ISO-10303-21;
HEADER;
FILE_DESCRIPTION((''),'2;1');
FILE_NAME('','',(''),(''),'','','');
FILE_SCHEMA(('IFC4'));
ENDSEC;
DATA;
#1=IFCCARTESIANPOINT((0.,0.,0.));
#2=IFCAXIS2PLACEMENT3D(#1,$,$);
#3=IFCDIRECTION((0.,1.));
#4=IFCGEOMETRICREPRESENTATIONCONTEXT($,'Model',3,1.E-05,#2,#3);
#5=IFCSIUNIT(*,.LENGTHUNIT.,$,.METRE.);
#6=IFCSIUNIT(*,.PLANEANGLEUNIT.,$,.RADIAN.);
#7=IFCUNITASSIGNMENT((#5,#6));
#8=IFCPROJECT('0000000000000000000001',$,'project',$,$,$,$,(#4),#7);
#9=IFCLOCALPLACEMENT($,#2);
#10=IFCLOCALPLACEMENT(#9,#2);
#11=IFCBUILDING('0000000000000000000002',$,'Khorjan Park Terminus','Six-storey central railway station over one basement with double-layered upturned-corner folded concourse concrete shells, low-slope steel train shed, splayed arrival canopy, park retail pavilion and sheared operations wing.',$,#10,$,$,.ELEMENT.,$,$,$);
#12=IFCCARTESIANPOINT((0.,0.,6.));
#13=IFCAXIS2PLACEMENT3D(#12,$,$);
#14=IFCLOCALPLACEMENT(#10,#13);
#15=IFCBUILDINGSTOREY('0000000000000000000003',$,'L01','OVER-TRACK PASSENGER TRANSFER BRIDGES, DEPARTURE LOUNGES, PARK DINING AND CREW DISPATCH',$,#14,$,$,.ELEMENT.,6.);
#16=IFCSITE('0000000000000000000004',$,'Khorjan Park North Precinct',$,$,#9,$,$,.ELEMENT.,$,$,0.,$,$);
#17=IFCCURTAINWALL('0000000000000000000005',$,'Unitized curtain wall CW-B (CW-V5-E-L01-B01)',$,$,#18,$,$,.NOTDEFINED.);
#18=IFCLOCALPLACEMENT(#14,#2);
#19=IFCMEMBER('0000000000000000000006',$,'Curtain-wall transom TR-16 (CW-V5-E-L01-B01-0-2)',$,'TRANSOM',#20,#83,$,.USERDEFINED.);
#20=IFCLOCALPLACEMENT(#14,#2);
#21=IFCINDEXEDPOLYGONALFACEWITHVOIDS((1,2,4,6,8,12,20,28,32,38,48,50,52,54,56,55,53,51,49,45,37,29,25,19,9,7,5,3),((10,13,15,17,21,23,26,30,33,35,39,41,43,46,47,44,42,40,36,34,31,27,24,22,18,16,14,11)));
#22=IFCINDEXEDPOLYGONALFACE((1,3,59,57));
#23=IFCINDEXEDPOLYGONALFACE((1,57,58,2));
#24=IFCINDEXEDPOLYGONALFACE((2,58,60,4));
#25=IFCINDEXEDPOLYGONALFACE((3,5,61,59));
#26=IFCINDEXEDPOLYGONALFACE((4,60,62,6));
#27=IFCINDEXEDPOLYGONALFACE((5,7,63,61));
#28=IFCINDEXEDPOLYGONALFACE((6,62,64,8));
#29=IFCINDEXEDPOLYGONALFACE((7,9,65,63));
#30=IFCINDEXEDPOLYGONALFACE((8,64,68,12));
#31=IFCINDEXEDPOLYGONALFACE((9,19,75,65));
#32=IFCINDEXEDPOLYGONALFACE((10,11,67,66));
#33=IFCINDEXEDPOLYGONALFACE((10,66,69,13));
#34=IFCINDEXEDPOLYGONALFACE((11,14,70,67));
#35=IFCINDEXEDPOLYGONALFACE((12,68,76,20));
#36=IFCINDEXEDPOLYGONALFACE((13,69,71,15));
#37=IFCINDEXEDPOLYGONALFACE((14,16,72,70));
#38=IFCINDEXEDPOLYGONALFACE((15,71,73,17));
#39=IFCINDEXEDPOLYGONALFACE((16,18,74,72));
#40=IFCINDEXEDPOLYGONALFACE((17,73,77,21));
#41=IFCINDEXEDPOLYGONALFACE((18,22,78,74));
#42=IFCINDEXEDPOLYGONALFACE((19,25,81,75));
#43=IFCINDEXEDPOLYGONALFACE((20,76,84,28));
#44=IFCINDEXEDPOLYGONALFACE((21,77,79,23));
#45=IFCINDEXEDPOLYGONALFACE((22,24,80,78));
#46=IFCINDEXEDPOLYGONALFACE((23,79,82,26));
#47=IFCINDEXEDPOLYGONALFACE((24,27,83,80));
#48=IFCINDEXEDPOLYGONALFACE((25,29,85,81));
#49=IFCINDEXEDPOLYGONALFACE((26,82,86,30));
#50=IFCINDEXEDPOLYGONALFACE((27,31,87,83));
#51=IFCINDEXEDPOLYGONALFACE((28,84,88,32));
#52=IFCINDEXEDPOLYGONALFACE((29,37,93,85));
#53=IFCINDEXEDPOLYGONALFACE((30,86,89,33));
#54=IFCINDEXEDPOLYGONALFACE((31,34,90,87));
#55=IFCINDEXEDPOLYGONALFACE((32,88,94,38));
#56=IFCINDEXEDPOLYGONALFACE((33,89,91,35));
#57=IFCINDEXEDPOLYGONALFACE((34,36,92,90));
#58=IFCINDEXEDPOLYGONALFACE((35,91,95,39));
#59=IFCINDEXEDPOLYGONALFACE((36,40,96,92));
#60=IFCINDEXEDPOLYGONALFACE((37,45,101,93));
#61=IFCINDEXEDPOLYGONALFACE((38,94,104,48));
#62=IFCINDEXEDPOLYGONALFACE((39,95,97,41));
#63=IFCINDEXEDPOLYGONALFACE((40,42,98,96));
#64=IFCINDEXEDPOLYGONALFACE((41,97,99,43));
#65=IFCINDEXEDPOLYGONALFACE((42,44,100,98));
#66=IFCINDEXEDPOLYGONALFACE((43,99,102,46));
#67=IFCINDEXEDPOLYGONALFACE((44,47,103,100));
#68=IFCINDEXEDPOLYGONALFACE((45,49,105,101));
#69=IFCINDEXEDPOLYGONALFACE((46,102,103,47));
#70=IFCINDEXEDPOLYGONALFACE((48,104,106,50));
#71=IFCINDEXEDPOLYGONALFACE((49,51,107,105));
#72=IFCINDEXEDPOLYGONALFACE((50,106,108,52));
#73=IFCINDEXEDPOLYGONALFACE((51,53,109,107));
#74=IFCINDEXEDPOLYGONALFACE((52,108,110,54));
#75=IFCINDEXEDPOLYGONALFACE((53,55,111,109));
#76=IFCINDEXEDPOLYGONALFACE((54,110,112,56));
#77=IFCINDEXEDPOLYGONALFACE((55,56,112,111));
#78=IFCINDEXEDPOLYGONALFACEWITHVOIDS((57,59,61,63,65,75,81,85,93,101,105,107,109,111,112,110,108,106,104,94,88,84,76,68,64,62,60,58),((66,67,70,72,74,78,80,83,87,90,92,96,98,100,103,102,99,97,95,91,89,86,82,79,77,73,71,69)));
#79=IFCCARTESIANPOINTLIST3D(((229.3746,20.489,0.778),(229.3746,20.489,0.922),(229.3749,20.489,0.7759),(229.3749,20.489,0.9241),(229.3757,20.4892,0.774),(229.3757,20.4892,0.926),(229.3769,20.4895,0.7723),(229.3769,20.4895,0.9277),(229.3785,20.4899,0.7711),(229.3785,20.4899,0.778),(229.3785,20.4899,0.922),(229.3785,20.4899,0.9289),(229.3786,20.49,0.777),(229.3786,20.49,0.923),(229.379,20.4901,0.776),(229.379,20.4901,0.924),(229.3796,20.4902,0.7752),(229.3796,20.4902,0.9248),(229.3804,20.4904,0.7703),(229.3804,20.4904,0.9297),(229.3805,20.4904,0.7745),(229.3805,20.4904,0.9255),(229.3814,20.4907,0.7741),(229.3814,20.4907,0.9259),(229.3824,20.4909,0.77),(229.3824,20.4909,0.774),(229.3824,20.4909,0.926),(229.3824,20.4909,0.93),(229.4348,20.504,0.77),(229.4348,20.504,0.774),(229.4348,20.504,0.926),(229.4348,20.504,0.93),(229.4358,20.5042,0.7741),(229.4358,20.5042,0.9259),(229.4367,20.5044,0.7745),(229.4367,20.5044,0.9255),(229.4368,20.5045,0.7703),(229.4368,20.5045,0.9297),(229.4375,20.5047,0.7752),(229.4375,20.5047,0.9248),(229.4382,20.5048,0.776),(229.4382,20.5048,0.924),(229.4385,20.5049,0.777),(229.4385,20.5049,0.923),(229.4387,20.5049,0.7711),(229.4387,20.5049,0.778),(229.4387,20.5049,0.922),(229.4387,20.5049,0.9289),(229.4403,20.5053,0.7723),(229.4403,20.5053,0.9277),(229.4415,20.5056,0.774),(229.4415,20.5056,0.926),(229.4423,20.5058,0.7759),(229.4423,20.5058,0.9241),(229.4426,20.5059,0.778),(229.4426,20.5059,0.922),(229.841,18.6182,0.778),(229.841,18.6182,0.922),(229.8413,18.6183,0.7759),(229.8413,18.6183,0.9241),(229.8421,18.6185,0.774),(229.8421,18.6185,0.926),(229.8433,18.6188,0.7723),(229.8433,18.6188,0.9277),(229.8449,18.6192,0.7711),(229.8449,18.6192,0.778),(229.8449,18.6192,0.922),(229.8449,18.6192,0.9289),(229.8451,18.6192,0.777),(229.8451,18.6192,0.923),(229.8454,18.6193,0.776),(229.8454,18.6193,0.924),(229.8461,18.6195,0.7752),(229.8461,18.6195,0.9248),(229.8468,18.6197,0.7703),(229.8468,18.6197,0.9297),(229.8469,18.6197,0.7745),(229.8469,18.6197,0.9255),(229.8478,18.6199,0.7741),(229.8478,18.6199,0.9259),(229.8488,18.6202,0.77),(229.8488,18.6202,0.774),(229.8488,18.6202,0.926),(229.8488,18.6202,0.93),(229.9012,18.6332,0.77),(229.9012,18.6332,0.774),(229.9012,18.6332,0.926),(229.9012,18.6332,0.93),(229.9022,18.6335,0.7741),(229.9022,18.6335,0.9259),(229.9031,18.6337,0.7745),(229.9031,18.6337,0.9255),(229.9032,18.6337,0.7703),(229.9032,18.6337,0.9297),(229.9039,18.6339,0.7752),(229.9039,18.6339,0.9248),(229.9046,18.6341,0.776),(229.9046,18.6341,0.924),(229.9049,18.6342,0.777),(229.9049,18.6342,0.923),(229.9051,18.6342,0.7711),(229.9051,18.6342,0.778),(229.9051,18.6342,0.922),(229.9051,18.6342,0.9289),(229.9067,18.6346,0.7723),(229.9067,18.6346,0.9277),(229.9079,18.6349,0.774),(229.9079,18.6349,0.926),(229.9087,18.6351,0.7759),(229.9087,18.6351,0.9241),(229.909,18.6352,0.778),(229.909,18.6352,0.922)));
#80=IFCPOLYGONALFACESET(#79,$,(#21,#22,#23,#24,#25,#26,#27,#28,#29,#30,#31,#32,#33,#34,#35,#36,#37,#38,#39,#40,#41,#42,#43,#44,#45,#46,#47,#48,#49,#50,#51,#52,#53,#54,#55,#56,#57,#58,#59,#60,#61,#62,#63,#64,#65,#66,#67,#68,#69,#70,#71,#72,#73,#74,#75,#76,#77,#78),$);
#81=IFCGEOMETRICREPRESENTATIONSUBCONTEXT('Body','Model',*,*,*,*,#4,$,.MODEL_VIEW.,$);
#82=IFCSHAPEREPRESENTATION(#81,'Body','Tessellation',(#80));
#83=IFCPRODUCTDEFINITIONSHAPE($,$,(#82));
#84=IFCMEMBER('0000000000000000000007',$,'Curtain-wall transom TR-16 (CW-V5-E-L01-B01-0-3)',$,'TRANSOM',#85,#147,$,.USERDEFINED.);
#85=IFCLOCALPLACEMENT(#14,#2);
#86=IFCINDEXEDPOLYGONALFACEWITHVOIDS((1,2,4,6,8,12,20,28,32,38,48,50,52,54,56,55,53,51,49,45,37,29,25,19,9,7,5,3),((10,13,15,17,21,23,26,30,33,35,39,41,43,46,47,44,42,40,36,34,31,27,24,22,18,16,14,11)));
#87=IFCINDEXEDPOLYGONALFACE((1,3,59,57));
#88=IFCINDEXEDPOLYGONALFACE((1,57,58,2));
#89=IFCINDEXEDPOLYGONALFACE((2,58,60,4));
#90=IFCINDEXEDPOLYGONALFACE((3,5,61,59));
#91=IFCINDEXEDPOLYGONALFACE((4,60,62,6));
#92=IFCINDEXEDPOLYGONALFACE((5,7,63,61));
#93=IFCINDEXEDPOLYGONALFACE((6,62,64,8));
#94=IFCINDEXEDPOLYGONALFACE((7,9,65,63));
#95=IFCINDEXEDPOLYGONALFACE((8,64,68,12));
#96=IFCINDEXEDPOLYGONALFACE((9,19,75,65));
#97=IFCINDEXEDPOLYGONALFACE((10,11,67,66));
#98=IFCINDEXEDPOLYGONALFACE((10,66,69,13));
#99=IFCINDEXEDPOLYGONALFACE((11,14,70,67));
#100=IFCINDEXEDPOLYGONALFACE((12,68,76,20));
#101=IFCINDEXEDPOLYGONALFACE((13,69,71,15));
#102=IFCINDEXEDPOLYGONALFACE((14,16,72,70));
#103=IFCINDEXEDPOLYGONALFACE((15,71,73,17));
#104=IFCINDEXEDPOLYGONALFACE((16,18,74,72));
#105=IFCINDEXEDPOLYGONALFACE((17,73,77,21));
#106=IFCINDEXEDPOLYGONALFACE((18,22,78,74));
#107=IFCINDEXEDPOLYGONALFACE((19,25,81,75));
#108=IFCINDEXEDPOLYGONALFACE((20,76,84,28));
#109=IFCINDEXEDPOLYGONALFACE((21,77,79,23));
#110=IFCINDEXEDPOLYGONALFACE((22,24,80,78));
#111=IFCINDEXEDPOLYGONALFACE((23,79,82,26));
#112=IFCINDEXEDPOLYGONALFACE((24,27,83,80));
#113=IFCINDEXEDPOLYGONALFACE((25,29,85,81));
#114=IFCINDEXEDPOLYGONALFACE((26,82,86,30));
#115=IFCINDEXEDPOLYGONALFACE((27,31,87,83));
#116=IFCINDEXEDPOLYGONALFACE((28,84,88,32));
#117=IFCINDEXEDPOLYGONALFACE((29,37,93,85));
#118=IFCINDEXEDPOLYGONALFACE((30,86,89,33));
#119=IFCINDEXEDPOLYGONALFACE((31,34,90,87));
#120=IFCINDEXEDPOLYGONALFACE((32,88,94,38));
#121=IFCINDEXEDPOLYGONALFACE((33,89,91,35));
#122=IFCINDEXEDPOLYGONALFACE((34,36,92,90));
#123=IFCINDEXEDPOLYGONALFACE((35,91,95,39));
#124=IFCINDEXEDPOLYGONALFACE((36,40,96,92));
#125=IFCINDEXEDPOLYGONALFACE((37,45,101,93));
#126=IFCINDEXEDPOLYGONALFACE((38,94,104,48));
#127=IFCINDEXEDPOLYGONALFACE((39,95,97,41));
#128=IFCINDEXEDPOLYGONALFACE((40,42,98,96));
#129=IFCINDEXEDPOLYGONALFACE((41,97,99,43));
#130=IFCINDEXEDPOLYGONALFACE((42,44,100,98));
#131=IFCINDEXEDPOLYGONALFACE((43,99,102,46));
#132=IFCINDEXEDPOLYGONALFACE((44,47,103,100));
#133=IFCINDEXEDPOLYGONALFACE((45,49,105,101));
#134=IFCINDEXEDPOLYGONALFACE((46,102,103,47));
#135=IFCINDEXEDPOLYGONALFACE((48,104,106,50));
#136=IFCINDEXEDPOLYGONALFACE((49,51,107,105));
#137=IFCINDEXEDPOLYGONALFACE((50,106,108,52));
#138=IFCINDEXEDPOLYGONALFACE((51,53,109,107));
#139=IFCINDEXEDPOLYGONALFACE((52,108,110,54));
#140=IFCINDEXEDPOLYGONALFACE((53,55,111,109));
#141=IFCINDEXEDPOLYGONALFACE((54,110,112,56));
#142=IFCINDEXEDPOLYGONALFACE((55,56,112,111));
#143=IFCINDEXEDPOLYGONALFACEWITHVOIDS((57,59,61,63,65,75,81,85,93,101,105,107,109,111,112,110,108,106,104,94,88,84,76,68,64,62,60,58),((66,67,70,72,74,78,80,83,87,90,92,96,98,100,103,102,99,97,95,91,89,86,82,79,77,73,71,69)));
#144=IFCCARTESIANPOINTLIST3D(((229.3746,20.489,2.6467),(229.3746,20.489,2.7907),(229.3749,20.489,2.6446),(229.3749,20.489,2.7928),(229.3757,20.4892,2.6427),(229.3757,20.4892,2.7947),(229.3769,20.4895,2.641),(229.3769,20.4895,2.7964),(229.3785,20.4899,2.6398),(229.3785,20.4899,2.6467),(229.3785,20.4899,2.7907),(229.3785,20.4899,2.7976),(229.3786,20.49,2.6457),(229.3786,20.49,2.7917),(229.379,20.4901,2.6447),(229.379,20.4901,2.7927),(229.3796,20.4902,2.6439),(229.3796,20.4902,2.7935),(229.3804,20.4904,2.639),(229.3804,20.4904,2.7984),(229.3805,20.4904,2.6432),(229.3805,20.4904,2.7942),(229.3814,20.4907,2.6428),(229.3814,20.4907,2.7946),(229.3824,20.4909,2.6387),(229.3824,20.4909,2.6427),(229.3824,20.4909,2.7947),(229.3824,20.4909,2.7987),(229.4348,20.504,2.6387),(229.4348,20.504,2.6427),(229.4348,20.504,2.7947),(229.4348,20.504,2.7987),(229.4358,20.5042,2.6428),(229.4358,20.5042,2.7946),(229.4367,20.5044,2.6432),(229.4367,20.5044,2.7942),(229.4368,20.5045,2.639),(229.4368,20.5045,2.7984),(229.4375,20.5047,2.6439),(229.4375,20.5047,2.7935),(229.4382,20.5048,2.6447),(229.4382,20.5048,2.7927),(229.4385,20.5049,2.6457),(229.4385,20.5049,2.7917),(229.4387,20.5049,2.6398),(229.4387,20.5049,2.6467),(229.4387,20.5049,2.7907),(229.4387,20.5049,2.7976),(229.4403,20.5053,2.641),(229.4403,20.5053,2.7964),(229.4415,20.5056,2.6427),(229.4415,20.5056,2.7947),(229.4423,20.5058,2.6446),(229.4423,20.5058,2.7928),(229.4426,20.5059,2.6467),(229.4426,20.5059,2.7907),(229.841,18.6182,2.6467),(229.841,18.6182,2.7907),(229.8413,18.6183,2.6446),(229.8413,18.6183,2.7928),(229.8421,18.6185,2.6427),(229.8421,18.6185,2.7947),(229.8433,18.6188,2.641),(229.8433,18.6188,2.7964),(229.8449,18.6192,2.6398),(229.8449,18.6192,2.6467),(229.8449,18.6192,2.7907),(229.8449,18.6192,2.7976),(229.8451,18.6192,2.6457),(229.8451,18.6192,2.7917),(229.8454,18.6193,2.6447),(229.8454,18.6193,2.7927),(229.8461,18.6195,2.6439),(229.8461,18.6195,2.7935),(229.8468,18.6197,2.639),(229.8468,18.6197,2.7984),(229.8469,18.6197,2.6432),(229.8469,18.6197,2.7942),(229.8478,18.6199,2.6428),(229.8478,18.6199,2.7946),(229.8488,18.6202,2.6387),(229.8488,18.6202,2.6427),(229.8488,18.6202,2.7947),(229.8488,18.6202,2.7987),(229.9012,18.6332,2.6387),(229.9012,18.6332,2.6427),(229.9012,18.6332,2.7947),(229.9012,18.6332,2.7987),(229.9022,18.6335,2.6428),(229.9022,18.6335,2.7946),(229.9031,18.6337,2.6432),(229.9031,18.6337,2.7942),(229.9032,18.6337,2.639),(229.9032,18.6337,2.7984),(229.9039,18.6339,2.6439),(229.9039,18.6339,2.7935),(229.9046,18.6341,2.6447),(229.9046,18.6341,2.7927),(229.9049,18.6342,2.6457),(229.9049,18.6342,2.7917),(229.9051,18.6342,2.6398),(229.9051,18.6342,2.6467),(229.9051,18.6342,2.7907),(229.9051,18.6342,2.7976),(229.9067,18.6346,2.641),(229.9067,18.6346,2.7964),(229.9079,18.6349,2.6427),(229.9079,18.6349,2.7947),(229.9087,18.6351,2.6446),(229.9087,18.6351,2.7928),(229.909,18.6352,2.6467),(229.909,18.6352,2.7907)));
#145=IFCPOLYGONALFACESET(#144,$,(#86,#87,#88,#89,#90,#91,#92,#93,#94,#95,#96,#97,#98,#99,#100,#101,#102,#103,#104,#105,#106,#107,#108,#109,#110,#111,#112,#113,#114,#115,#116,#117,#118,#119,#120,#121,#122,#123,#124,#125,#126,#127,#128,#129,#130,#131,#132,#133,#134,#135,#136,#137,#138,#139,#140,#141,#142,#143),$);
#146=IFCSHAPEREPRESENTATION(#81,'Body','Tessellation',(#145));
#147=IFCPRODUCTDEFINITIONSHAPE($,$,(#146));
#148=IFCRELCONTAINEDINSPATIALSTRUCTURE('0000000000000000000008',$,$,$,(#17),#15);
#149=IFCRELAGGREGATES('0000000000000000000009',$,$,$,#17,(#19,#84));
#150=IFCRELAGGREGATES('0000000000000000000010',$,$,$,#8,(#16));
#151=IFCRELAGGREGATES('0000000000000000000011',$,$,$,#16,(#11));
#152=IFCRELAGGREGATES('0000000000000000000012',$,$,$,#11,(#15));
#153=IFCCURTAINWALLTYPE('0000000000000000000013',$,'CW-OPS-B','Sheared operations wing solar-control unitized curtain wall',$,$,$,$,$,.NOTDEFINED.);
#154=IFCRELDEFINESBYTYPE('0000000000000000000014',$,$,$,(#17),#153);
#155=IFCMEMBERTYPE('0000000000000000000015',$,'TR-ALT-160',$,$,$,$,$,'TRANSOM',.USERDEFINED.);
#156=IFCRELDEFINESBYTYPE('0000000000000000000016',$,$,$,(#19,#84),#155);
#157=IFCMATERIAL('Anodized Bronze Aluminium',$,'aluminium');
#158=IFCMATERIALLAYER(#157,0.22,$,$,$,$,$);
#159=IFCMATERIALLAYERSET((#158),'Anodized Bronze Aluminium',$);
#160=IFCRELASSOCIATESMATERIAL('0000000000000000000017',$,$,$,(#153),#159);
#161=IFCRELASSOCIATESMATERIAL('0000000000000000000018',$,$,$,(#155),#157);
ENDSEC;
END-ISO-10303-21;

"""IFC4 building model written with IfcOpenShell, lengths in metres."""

from ifc_helpers import new_model, si_unit, direction, frame, origin, origin_2d, place, context, subcontext, project, spatial, hollow_rectangle, extrude, material, layer, layer_set, material_profile, profile_set, type_object, element, aggregate, save


model = new_model("IFC4")

# Units and contexts
model_context = context("Model", 3, precision=1e-05, world=origin(), true_north=direction((0.0, 1.0)))
body_context = subcontext(model_context, "Body", "Model", "MODEL_VIEW")
ifc_project = project(units=[si_unit("LENGTHUNIT", "METRE"), si_unit("PLANEANGLEUNIT", "RADIAN")], contexts=[model_context])

# Site, building, storey
site_placement = place(None, origin())
site = spatial("IfcSite", under=ifc_project, at=site_placement, Name="Khorjan Park North Precinct", CompositionType="ELEMENT", RefElevation=0.0)
building_placement = place(site_placement, origin())
building = spatial("IfcBuilding", under=site, at=building_placement, Name="Khorjan Park Terminus", Description="Six-storey central railway station over one basement with double-layered upturned-corner folded concourse concrete shells, low-slope steel train shed, splayed arrival canopy, park retail pavilion and sheared operations wing.", CompositionType="ELEMENT")
storey_placement = place(building_placement, frame((0.0, 0.0, 6.0)))
storey = spatial("IfcBuildingStorey", under=building, at=storey_placement, Name="L01", Description="OVER-TRACK PASSENGER TRANSFER BRIDGES, DEPARTURE LOUNGES, PARK DINING AND CREW DISPATCH", CompositionType="ELEMENT", Elevation=6.0)

# Shared definitions
ifc_material_1 = material(Name="Anodized Bronze Aluminium", Category="aluminium")
ifc_layer_1 = layer(ifc_material_1, 0.22)
ifc_layer_set_1 = layer_set([ifc_layer_1], Name="Anodized Bronze Aluminium")
curtain_wall_type = type_object("IfcCurtainWallType", Name="CW-OPS-B", Description="Sheared operations wing solar-control unitized curtain wall", PredefinedType="NOTDEFINED", material=ifc_layer_set_1)

# Curtain wall, members
curtain_wall_1_placement = place(storey_placement, origin())
curtain_wall_1 = element("IfcCurtainWall", 1, at=curtain_wall_1_placement, inside=storey, type_object=curtain_wall_type, Name="Unitized curtain wall CW-B (CW-V5-E-L01-B01)", PredefinedType="NOTDEFINED")
ifc_material_profile_1 = material_profile(ifc_material_1, hollow_rectangle(XDim=0.07, YDim=0.16, WallThickness=0.004, InnerFilletRadius=0.004, OuterFilletRadius=0.008, at=origin_2d()), Name="ALT 70x160x4")
ifc_profile_set_1 = profile_set([ifc_material_profile_1], Name="Anodized Bronze Aluminium")
member_type_1 = type_object("IfcMemberType", Name="TR-ALT-160", ElementType="TRANSOM", PredefinedType="USERDEFINED", material=ifc_profile_set_1)
member_1_placement = place(storey_placement, frame((229.875, 18.6267, 0.85), z_axis=(-0.241913, 0.970298, 0.0), x_axis=(-0.970298, -0.241913, 0.0)))
member_1 = element("IfcMember", 2, at=member_1_placement, type_object=member_type_1, Name="Curtain-wall transom TR-16 (CW-V5-E-L01-B01-0-2)", ObjectType="TRANSOM", PredefinedType="USERDEFINED", context=body_context, shape_type="SweptSolid", body=[
    extrude(hollow_rectangle(XDim=0.07, YDim=0.16, WallThickness=0.004, InnerFilletRadius=0.004, OuterFilletRadius=0.008, at=origin_2d()), origin(), (0.0, 0.0, 1.0), 1.928),
])
member_2_placement = place(storey_placement, frame((229.875, 18.6267, 2.7187), z_axis=(-0.241913, 0.970298, 0.0), x_axis=(-0.970298, -0.241913, 0.0)))
member_2 = element("IfcMember", 3, at=member_2_placement, type_object=member_type_1, Name="Curtain-wall transom TR-16 (CW-V5-E-L01-B01-0-3)", ObjectType="TRANSOM", PredefinedType="USERDEFINED", context=body_context, shape_type="SweptSolid", body=[
    extrude(hollow_rectangle(XDim=0.07, YDim=0.16, WallThickness=0.004, InnerFilletRadius=0.004, OuterFilletRadius=0.008, at=origin_2d()), origin(), (0.0, 0.0, 1.0), 1.928),
])

aggregate(curtain_wall_1, [member_1, member_2])

save(model, "model.ifc")
